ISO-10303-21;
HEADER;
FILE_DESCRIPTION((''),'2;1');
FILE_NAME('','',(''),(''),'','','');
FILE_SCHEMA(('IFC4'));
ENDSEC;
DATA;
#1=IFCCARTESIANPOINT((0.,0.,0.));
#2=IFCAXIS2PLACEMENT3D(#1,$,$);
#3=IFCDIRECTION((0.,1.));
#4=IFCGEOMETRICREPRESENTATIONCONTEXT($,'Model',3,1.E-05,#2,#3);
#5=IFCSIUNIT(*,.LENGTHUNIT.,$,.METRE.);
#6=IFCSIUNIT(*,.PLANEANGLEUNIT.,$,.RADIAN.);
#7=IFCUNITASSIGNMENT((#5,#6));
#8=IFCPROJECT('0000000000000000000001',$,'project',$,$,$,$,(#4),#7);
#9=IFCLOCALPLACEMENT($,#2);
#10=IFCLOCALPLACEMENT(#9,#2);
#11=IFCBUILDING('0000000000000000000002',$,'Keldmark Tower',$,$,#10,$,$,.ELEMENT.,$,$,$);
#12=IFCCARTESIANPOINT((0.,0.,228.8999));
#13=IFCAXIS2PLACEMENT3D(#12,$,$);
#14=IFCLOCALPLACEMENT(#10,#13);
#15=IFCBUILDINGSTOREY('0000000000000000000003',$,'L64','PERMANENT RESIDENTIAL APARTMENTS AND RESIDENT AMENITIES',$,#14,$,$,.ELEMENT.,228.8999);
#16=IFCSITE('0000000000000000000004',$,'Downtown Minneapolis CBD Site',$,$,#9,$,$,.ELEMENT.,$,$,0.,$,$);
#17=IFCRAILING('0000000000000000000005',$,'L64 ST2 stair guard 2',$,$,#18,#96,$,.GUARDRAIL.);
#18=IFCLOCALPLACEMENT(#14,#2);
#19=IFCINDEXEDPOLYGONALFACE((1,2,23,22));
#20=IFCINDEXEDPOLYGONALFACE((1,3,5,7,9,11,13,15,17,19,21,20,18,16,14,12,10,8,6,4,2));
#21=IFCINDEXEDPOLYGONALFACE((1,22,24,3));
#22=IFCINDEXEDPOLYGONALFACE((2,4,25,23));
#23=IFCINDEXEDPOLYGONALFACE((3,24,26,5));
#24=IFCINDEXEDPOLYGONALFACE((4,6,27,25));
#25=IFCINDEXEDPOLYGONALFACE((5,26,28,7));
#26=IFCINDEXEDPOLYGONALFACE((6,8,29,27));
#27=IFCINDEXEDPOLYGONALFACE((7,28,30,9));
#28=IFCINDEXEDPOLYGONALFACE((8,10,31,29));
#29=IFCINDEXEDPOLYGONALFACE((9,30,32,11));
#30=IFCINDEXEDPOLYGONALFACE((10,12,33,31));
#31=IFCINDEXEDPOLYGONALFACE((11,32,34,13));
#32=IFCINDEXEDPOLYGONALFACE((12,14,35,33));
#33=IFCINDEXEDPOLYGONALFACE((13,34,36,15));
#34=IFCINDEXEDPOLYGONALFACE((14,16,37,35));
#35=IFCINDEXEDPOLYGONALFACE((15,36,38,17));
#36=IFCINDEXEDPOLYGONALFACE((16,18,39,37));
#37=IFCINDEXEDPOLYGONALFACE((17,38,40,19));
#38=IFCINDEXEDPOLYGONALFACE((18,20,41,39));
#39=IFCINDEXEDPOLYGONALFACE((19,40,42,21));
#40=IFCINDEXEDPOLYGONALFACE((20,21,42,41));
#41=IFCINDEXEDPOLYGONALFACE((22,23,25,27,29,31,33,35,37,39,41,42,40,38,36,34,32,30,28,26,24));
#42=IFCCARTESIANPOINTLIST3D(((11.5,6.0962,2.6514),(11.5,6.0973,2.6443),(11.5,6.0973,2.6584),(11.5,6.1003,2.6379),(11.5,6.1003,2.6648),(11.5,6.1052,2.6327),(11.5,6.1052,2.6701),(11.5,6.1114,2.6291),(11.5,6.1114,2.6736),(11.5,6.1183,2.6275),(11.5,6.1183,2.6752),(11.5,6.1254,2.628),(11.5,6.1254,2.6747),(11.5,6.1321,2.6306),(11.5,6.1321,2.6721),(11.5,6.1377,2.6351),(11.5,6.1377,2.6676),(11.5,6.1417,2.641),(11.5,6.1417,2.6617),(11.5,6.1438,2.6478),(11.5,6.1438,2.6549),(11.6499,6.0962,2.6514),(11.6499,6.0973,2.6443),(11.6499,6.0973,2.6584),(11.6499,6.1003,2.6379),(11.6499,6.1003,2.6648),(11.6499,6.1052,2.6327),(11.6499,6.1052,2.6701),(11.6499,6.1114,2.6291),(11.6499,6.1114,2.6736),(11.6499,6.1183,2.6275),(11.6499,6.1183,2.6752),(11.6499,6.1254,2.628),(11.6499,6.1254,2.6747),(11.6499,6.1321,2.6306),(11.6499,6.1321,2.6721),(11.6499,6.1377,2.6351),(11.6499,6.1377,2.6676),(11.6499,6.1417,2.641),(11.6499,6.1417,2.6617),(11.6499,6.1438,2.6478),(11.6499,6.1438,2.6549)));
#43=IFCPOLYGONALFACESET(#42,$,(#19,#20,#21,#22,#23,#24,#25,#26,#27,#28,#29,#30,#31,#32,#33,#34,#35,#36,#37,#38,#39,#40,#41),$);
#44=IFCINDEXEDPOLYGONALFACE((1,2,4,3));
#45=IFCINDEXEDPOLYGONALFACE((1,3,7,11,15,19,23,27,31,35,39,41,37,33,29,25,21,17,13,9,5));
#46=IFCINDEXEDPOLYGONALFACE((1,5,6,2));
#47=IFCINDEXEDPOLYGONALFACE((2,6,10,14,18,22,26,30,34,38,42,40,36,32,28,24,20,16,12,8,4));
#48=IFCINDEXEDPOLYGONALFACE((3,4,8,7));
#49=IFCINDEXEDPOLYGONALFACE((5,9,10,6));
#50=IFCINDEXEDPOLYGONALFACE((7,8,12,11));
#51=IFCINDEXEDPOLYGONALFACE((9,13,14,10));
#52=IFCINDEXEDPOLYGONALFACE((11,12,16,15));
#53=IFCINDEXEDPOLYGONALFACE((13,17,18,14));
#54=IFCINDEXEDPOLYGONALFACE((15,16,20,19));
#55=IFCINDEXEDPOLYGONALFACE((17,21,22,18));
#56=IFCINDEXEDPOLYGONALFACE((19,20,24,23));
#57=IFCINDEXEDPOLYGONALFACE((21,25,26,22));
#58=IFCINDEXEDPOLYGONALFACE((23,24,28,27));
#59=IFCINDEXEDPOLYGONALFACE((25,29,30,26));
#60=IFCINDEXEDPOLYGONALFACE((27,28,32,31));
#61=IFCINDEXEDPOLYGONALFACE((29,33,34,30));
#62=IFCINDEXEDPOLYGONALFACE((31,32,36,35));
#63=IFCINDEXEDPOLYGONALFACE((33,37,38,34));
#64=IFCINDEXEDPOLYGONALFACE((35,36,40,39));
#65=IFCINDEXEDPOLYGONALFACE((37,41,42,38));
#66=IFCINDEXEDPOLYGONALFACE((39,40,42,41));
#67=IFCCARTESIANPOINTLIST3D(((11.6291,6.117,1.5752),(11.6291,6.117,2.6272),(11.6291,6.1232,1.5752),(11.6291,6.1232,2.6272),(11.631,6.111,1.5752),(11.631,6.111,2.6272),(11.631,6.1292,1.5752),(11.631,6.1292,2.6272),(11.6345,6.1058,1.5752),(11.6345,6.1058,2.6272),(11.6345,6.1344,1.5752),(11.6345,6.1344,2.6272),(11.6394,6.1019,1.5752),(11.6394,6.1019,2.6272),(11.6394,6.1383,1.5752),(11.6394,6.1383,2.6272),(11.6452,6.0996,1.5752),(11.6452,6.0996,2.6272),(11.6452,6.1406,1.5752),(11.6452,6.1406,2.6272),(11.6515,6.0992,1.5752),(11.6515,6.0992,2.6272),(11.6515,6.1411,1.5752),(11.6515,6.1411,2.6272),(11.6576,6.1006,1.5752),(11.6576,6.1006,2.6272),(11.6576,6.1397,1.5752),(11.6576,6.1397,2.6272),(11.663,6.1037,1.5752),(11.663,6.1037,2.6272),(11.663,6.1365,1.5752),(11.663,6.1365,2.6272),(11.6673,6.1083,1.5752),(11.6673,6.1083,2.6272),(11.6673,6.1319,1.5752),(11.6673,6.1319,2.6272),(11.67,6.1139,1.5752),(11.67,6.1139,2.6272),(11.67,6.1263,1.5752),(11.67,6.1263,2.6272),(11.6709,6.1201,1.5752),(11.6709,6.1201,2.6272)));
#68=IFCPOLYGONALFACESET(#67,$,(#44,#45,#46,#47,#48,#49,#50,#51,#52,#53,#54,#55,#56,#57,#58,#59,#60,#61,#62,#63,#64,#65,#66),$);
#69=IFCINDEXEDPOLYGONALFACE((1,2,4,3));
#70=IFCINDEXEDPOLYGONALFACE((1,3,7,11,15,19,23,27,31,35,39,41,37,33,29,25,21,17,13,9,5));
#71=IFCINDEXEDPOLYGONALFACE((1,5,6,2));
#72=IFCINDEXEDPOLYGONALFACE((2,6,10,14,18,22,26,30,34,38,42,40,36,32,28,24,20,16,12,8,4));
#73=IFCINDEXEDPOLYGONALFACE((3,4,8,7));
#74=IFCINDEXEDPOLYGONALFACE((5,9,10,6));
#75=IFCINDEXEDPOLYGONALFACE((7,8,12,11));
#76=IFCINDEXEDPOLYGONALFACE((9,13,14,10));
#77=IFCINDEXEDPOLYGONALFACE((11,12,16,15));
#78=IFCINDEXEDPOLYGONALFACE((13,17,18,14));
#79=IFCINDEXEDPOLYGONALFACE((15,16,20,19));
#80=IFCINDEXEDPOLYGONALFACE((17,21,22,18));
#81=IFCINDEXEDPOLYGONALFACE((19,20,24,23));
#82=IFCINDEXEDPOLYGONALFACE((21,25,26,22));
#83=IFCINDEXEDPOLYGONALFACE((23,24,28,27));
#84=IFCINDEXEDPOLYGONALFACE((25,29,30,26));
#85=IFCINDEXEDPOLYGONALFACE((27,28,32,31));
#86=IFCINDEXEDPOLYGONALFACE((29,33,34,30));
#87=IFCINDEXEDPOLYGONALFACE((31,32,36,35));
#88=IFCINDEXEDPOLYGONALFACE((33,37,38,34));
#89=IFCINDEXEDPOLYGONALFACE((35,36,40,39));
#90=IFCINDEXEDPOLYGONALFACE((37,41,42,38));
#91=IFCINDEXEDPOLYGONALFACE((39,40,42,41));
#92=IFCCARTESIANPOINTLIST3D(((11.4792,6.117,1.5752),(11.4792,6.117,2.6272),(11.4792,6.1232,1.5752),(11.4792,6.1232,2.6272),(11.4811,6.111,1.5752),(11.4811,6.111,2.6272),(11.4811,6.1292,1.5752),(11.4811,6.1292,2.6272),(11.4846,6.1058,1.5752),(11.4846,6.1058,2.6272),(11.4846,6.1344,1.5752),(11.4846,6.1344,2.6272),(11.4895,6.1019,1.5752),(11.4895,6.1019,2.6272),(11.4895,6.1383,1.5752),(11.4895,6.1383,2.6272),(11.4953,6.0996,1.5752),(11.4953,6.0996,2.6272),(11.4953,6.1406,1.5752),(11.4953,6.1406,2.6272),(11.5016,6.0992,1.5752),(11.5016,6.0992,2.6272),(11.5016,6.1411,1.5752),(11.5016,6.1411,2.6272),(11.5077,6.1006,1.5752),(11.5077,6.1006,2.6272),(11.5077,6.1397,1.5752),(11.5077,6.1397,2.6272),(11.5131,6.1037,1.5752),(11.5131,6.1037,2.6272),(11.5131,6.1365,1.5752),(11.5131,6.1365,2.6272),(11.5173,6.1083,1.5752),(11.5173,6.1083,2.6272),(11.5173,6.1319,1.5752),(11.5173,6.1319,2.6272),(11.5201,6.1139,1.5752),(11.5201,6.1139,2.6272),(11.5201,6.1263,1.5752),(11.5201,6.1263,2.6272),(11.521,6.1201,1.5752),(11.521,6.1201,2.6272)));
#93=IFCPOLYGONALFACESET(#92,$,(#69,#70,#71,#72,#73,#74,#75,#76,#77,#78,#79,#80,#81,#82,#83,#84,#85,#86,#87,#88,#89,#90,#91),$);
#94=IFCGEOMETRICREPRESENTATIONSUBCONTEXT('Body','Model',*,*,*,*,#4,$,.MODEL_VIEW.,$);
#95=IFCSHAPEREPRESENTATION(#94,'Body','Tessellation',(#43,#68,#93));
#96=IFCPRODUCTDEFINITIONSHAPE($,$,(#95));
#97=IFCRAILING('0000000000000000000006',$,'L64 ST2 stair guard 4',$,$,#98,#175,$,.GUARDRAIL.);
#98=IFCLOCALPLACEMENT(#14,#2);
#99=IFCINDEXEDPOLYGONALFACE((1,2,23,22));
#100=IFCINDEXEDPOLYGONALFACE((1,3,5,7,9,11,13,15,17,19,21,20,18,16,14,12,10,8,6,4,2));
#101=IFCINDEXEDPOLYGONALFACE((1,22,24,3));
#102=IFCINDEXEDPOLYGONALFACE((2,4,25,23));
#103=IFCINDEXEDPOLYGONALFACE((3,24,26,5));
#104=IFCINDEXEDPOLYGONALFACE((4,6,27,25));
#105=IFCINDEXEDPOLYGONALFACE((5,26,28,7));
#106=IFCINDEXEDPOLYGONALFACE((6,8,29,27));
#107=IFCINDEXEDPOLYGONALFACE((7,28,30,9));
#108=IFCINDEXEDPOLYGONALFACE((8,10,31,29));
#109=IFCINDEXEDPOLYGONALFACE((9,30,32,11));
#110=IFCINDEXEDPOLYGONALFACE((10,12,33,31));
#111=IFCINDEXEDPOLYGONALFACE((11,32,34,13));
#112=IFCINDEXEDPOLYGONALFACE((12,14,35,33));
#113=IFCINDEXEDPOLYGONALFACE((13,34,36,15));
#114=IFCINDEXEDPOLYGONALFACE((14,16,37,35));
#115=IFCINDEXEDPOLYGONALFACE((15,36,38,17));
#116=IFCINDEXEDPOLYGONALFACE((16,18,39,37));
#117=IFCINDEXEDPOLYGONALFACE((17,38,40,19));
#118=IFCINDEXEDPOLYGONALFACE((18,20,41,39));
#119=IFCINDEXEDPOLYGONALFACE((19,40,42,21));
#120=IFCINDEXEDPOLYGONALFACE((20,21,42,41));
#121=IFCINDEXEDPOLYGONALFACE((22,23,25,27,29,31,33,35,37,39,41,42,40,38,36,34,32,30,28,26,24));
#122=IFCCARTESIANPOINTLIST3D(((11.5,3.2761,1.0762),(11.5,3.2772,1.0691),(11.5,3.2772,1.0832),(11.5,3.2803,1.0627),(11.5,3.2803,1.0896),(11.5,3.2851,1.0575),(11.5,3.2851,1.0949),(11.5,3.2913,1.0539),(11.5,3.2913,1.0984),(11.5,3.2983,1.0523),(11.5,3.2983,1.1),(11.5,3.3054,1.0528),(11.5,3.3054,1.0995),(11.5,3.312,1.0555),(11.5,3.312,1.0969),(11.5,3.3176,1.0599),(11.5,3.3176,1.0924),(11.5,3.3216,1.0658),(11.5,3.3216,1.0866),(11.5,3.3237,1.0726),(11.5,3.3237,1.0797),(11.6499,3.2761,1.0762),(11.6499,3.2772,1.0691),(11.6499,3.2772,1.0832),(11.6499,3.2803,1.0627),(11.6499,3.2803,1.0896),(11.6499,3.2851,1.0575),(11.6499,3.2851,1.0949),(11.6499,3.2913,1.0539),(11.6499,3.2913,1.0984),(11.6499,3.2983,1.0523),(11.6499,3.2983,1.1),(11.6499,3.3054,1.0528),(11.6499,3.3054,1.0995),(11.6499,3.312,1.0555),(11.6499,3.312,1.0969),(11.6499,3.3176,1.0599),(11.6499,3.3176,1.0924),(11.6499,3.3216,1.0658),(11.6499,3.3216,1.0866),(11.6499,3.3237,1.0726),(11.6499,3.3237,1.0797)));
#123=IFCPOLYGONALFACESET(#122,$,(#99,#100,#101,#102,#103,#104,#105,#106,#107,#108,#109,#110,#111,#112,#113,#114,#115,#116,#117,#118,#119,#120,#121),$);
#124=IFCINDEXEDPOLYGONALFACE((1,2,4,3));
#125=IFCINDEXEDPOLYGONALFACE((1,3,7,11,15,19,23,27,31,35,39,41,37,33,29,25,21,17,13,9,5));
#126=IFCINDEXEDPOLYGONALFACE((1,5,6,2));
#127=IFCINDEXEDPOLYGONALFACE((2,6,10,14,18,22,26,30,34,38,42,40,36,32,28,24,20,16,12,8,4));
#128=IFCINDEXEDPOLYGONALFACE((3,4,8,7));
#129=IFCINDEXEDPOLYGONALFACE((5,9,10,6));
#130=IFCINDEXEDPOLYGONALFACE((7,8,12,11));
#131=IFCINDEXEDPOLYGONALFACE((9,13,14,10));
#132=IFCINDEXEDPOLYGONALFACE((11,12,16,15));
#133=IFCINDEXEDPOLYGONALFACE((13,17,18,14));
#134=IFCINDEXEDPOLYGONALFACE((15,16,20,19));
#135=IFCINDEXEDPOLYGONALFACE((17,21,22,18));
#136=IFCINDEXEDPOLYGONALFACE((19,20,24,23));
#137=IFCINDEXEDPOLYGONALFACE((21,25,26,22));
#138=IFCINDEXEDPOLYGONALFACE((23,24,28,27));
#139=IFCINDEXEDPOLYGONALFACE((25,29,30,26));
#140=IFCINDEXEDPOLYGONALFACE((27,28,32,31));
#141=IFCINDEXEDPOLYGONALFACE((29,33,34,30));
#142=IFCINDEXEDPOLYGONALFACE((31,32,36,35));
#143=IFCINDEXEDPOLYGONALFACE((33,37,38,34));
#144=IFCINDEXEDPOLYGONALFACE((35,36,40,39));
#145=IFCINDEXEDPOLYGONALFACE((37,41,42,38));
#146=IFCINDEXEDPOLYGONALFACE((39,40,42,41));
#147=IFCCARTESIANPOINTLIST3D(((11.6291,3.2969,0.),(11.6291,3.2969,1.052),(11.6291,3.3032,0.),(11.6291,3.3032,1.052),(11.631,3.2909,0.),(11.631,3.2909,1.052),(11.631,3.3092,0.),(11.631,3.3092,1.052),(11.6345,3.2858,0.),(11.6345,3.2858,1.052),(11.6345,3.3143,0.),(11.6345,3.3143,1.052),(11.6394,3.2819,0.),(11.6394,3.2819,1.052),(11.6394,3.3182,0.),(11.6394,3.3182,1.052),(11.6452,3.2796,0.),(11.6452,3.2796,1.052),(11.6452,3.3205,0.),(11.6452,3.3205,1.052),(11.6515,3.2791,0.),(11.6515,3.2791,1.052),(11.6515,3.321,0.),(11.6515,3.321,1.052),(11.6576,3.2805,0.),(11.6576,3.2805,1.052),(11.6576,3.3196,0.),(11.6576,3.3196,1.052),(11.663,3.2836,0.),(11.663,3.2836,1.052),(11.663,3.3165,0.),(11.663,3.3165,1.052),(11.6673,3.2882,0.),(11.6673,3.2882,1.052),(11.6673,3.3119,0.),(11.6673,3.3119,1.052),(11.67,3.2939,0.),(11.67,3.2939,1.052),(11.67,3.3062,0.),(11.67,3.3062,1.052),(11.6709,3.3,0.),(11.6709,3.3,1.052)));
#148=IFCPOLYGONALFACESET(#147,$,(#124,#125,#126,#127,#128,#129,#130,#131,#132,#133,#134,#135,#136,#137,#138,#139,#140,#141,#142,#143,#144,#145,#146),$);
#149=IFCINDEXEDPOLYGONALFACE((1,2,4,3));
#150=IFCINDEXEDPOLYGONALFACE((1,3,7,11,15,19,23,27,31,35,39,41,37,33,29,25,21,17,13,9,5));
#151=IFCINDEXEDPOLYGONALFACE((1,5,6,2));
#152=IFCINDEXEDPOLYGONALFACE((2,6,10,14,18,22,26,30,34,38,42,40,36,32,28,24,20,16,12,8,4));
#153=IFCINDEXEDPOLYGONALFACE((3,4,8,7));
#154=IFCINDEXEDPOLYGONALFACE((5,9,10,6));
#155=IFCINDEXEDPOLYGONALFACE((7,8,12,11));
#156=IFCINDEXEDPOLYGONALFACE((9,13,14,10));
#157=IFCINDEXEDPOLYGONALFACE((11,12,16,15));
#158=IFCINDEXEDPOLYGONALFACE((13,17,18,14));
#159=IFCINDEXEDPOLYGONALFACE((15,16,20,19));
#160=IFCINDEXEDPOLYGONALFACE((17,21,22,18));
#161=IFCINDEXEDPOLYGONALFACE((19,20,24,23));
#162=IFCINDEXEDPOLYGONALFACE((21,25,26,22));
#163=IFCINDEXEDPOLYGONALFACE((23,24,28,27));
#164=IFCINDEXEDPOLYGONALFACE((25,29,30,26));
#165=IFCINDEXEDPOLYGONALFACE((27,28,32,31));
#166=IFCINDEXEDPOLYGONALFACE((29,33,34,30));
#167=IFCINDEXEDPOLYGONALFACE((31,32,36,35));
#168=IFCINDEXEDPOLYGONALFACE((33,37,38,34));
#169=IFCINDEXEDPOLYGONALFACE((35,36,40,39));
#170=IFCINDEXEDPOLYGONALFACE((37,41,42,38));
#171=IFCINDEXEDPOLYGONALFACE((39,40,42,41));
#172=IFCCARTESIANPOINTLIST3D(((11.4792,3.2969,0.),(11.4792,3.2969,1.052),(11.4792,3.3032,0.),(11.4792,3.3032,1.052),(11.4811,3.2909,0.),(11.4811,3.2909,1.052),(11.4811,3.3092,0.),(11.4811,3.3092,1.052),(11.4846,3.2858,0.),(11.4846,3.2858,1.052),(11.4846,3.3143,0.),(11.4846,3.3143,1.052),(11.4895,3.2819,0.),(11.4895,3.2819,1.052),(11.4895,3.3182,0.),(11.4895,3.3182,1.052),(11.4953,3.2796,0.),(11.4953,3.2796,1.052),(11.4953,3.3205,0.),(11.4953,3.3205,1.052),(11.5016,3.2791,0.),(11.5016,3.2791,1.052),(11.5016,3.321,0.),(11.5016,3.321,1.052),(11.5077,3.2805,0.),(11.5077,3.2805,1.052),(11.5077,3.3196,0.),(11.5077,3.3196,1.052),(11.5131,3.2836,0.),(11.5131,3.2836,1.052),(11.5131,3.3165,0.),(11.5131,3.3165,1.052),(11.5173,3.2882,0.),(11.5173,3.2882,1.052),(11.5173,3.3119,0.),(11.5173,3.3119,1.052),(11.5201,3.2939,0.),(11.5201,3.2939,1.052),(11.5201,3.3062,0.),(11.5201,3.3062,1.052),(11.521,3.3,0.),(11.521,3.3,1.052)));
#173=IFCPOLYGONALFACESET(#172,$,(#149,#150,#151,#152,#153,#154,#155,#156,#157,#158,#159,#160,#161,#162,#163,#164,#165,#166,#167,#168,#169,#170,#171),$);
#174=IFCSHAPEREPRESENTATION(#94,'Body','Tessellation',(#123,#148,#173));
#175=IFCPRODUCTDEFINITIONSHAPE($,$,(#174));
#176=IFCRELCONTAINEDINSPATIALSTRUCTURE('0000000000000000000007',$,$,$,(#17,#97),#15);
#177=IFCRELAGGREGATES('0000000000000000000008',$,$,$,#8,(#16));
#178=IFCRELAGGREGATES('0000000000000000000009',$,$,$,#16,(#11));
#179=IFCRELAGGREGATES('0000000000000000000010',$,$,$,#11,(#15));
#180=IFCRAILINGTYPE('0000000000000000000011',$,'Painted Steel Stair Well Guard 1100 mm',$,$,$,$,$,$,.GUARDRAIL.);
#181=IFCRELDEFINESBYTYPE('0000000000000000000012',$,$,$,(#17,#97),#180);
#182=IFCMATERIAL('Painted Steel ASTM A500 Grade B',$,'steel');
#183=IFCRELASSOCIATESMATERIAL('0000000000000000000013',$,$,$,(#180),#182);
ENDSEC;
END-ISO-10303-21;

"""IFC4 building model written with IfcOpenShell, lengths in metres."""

from ifc_helpers import new_model, si_unit, direction, frame, origin, origin_2d, place, context, subcontext, project, spatial, circle, extrude, material, type_object, element, save


model = new_model("IFC4")

# Units and contexts
model_context = context("Model", 3, precision=1e-05, world=origin(), true_north=direction((0.0, 1.0)))
body_context = subcontext(model_context, "Body", "Model", "MODEL_VIEW")
ifc_project = project(units=[si_unit("LENGTHUNIT", "METRE"), si_unit("PLANEANGLEUNIT", "RADIAN")], contexts=[model_context])

# Site, building, storey
site_placement = place(None, origin())
site = spatial("IfcSite", under=ifc_project, at=site_placement, Name="Downtown Minneapolis CBD Site", CompositionType="ELEMENT", RefElevation=0.0)
building_placement = place(site_placement, origin())
building = spatial("IfcBuilding", under=site, at=building_placement, Name="Keldmark Tower", CompositionType="ELEMENT")
storey_placement = place(building_placement, frame((0.0, 0.0, 228.8999)))
storey = spatial("IfcBuildingStorey", under=building, at=storey_placement, Name="L64", Description="PERMANENT RESIDENTIAL APARTMENTS AND RESIDENT AMENITIES", CompositionType="ELEMENT", Elevation=228.8999)

# Railings
ifc_material_1 = material(Name="Painted Steel ASTM A500 Grade B", Category="steel")
railing_type_1 = type_object("IfcRailingType", Name="Painted Steel Stair Well Guard 1100 mm", PredefinedType="GUARDRAIL", material=ifc_material_1)
for number, where, name in (
    (1, (11.6499, 6.1201, 1.5752), "L64 ST2 stair guard 2"),
    (2, (11.6499, 3.3, 0.0), "L64 ST2 stair guard 4"),
):
    element("IfcRailing", number, at=place(storey_placement, frame(where)), inside=storey, type_object=railing_type_1, Name=name, PredefinedType="GUARDRAIL", context=body_context, shape_type="SweptSolid", body=[
        extrude(circle(Radius=0.0239, at=origin_2d()), frame((0.0, 0.0, 1.0762), z_axis=(-1.0, 0.0, 0.0), x_axis=(0.0, -1.0, 0.0)), (0.0, 0.0, 1.0), 0.1499),
        extrude(circle(Radius=0.021, at=origin_2d()), origin(), (0.0, 0.0, 1.0), 1.052),
        extrude(circle(Radius=0.021, at=origin_2d()), frame((-0.1499, 0.0, 0.0)), (0.0, 0.0, 1.0), 1.052),
    ])

save(model, "model.ifc")
